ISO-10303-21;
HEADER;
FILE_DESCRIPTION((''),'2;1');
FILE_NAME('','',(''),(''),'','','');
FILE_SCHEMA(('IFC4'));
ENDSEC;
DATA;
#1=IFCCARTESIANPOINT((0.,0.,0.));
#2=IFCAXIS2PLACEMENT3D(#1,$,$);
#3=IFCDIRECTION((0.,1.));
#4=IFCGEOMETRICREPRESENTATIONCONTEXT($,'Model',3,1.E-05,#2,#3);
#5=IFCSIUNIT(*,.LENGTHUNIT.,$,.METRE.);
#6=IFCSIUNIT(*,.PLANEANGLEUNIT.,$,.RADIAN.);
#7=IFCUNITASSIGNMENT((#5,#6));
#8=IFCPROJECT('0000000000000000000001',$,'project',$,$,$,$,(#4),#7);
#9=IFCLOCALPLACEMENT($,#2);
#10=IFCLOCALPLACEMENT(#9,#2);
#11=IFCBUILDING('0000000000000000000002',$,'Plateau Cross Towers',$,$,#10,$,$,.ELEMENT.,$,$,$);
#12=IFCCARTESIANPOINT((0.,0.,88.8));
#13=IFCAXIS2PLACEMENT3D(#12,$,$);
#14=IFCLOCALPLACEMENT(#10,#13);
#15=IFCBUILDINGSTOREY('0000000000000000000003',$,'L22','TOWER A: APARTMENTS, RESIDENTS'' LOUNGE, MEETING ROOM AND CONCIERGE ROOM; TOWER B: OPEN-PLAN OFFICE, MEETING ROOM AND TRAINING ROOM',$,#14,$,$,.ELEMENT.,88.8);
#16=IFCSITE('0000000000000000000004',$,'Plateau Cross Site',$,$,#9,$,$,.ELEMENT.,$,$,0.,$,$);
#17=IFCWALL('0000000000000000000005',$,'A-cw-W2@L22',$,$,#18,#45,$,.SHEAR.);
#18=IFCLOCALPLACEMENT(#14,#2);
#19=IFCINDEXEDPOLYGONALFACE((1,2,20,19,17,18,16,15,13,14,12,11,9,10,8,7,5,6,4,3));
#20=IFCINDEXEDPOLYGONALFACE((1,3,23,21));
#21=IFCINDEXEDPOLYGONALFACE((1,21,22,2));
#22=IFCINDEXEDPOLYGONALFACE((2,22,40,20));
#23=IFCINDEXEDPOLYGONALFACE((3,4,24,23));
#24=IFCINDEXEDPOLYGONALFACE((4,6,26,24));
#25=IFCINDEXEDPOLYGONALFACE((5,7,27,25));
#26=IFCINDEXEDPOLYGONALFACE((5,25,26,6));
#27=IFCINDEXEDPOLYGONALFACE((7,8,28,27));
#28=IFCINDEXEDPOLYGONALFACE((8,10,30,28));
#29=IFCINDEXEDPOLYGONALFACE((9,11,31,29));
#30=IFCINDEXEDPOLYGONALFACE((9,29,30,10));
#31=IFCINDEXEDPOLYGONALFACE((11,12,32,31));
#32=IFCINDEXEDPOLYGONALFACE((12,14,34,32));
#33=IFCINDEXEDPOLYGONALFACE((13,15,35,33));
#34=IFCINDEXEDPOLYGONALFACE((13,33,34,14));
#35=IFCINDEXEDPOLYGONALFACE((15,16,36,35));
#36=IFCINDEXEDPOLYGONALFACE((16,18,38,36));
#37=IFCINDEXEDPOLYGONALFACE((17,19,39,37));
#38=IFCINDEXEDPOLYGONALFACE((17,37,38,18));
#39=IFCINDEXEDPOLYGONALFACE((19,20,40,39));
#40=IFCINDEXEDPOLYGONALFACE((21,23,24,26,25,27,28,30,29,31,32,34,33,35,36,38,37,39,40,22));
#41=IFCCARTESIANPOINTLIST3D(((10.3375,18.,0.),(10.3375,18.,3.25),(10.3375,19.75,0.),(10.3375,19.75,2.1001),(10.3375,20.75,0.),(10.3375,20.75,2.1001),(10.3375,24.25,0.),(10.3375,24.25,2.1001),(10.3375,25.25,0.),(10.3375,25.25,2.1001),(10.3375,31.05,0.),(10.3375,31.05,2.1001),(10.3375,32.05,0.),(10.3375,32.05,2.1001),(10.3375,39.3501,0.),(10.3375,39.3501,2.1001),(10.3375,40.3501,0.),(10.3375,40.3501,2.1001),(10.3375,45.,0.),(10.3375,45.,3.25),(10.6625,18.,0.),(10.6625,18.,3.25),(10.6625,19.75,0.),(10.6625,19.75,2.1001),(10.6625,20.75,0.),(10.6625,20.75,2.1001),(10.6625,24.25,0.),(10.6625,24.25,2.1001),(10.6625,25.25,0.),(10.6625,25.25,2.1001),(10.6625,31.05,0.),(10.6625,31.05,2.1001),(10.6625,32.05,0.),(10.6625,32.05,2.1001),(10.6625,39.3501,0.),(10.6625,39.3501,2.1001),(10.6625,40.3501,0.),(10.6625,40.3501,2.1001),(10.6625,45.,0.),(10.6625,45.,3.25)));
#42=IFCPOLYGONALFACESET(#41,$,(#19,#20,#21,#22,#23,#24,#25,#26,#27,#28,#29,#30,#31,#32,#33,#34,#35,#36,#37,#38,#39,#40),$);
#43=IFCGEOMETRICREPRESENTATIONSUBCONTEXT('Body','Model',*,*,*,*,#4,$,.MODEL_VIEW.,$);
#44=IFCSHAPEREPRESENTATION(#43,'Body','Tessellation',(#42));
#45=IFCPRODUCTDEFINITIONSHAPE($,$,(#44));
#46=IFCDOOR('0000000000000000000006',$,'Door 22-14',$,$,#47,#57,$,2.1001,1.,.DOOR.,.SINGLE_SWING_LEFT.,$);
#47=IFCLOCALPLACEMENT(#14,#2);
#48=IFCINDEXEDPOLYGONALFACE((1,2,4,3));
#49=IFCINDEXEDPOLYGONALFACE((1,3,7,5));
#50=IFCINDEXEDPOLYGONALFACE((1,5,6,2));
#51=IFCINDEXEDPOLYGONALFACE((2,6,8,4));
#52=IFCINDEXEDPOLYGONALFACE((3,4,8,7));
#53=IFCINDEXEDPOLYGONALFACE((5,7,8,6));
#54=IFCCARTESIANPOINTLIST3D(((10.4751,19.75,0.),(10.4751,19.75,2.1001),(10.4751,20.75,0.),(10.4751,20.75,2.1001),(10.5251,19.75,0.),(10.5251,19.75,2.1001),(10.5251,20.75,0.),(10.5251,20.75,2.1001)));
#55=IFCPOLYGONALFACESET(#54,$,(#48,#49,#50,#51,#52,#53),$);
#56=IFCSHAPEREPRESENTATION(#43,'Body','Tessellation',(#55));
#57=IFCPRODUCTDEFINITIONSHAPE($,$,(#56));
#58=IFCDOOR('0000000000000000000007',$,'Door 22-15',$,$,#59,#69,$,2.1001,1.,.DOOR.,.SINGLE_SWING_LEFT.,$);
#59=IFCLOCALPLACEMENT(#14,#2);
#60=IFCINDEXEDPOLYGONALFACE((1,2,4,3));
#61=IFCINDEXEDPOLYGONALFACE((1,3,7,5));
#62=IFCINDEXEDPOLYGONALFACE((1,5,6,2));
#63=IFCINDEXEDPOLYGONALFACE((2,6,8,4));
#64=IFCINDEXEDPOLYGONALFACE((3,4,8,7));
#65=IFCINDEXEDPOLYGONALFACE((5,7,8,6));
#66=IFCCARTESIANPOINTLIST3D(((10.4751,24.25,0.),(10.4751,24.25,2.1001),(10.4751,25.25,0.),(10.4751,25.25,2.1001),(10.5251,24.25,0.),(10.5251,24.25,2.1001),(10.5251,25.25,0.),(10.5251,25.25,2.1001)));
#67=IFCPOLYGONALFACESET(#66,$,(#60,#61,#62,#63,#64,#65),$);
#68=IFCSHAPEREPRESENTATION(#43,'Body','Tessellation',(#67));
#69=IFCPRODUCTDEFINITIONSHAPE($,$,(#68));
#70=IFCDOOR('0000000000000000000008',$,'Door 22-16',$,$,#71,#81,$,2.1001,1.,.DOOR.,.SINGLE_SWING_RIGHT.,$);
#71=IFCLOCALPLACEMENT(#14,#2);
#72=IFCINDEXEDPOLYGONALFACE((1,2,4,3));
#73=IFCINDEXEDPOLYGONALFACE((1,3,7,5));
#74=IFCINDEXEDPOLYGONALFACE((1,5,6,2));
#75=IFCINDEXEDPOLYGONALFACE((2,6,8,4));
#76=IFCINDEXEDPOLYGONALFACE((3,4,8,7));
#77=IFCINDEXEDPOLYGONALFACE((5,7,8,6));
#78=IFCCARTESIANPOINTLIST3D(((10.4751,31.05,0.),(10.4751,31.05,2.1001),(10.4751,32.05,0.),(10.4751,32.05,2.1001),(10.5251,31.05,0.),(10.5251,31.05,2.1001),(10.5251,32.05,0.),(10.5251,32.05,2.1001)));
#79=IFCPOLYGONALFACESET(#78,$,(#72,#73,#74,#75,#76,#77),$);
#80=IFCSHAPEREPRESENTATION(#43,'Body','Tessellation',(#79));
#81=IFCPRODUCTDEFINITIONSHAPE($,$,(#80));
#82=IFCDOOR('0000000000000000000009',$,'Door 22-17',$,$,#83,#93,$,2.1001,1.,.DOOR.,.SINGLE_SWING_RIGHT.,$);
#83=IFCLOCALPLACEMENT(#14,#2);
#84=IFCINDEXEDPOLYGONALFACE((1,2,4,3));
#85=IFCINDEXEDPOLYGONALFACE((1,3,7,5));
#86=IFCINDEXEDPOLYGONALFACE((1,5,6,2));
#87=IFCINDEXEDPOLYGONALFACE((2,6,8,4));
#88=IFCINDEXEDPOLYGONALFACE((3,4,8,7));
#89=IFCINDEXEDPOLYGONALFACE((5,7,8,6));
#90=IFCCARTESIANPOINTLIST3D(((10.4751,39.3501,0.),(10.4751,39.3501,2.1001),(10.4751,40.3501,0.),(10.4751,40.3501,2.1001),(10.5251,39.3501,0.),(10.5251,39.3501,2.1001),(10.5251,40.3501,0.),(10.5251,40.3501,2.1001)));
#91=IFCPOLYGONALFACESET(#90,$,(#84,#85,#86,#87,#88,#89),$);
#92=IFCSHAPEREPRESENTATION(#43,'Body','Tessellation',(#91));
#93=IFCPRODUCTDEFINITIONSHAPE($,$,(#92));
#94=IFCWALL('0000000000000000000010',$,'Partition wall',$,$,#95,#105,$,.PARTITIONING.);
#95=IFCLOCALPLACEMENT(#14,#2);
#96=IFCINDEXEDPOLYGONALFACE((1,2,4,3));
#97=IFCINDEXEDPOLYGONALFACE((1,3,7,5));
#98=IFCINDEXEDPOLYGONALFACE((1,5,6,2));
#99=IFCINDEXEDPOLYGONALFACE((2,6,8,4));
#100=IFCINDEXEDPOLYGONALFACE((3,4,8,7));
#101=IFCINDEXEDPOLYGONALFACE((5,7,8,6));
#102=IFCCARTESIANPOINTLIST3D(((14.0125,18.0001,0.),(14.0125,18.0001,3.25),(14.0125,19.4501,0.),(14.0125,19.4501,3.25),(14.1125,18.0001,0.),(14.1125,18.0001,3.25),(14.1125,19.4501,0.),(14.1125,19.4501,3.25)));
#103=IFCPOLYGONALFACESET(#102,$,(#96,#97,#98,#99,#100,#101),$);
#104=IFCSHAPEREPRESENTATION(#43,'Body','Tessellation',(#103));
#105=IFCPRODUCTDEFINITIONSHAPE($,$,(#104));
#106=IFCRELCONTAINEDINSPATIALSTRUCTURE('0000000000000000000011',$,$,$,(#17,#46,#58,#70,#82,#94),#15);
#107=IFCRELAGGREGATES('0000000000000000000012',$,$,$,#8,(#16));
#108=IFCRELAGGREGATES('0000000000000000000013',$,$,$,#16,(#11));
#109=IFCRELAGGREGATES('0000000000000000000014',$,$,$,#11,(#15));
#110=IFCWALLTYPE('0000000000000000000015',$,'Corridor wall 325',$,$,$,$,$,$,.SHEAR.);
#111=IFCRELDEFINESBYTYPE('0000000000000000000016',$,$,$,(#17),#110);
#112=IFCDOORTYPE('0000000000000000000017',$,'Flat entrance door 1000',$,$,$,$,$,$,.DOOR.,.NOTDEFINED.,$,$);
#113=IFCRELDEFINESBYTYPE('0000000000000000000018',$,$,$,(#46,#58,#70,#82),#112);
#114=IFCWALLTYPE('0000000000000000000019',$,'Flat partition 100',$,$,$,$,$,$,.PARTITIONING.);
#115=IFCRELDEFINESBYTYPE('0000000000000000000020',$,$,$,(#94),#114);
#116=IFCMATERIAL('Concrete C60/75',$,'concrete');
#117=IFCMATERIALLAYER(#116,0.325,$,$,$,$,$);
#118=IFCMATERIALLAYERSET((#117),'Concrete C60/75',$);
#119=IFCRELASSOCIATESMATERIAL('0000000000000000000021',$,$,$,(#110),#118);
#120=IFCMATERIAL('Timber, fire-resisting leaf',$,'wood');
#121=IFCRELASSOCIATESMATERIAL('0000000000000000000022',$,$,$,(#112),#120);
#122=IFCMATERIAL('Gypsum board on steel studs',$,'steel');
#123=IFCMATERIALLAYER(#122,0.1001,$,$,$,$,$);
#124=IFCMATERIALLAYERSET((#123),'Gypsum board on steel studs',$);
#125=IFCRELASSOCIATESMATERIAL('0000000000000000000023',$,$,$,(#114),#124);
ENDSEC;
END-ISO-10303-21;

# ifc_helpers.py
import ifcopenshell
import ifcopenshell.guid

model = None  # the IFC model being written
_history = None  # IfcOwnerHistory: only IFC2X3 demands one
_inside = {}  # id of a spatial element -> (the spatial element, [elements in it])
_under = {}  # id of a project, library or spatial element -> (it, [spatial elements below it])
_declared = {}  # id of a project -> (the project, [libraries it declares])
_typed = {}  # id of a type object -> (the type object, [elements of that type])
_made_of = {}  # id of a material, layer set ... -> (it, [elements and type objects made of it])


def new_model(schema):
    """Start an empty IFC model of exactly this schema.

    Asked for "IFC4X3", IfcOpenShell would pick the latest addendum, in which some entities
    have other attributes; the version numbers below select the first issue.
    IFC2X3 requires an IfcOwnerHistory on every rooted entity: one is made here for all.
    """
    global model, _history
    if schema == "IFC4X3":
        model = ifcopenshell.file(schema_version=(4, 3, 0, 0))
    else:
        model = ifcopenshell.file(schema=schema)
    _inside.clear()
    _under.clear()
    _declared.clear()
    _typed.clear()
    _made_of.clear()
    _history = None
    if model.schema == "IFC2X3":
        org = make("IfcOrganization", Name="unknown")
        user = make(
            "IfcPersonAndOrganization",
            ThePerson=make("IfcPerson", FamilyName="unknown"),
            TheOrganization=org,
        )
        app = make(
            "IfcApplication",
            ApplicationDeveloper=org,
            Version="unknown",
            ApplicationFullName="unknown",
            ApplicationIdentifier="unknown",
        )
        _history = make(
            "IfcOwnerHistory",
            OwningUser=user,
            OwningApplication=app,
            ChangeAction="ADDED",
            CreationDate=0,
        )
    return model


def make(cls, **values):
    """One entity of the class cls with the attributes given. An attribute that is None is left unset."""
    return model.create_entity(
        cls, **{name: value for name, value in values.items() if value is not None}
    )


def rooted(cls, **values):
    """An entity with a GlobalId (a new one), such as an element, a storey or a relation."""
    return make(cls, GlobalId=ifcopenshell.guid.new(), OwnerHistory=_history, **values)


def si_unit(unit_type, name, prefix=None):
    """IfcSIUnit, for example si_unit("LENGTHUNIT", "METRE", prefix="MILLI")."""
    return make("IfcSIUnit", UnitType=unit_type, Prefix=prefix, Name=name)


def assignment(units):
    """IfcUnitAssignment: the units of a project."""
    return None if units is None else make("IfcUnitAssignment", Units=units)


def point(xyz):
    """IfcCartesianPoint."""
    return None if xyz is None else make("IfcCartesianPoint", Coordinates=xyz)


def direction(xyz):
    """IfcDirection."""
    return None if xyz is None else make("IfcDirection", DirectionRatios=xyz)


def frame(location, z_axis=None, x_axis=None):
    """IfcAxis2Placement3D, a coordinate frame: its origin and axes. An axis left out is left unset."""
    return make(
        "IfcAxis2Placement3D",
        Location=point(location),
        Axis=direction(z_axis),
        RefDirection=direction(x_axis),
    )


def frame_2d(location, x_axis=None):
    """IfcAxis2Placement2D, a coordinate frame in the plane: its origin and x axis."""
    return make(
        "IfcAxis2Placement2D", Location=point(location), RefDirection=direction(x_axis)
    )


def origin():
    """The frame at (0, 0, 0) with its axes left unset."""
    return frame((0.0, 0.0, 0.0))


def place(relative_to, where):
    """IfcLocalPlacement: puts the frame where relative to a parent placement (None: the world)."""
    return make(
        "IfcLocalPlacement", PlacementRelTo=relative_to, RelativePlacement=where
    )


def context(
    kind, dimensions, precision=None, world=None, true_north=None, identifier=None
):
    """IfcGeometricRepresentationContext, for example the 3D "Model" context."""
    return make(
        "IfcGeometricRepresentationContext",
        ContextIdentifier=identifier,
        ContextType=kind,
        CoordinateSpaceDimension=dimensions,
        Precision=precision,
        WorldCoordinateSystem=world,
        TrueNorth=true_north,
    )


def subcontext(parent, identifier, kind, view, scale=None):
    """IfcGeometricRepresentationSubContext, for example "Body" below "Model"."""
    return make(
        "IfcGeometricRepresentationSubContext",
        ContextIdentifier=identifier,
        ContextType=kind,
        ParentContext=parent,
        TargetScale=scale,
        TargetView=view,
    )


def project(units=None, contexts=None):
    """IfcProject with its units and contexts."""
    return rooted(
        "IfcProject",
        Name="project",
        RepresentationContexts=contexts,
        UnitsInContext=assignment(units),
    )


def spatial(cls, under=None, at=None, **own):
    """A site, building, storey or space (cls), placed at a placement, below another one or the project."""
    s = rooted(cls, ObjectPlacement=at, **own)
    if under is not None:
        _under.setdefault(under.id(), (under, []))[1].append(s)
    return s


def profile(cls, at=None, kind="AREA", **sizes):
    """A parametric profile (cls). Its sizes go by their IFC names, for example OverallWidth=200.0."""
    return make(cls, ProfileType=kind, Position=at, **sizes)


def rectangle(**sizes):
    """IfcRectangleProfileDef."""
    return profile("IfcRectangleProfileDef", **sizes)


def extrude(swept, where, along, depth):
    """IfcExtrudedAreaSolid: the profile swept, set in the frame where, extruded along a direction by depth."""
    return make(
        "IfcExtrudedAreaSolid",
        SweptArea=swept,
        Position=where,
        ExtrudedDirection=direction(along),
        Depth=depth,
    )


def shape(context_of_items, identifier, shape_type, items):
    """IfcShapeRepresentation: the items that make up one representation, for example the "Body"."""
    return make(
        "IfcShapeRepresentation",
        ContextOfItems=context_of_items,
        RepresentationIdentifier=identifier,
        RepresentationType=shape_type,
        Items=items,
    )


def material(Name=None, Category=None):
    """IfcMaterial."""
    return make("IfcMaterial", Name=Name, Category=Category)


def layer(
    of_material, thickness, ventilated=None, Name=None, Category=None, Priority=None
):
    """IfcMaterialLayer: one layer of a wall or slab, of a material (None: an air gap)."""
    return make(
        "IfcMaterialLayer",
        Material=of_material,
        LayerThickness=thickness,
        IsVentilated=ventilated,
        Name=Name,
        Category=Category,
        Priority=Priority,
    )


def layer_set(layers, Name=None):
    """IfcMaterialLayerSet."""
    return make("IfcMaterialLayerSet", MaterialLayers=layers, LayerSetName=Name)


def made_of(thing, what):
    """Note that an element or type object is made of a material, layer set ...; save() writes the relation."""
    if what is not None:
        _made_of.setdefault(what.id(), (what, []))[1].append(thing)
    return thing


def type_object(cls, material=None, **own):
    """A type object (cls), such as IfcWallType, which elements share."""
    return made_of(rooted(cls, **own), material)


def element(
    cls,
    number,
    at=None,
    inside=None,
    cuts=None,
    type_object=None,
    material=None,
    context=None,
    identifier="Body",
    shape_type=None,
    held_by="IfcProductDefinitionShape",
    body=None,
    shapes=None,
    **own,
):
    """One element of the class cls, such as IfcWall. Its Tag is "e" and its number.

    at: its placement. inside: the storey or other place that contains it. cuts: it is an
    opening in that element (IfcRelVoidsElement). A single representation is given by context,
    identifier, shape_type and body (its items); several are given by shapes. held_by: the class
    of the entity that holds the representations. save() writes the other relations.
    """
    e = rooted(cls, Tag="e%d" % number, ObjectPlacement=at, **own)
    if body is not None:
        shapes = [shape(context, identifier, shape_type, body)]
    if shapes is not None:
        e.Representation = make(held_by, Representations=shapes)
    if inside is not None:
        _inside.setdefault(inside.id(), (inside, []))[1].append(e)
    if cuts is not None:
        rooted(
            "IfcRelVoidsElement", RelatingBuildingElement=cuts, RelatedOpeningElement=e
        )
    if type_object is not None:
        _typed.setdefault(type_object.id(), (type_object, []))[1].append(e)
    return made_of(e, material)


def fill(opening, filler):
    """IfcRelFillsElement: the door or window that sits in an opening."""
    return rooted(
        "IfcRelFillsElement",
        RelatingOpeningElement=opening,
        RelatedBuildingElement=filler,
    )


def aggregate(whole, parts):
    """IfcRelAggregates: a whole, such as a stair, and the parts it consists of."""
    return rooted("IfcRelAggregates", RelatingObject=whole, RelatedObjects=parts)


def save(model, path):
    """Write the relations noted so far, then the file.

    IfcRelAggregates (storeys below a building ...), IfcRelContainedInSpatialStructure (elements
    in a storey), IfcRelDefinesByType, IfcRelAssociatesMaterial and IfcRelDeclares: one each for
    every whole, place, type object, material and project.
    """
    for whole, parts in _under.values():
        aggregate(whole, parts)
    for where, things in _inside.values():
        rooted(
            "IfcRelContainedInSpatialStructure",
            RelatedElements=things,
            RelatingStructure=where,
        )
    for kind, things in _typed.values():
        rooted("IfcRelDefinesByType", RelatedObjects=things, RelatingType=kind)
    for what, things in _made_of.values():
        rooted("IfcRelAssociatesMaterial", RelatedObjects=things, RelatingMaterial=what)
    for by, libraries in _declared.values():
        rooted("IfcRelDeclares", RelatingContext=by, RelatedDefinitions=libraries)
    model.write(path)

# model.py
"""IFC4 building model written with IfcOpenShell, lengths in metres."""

from ifc_helpers import new_model, si_unit, direction, frame, frame_2d, origin, place, context, subcontext, project, spatial, rectangle, extrude, material, layer, layer_set, type_object, element, fill, save


model = new_model("IFC4")

# Units and contexts
model_context = context("Model", 3, precision=1e-05, world=origin(), true_north=direction((0.0, 1.0)))
body_context = subcontext(model_context, "Body", "Model", "MODEL_VIEW")
ifc_project = project(units=[si_unit("LENGTHUNIT", "METRE"), si_unit("PLANEANGLEUNIT", "RADIAN")], contexts=[model_context])

# Site, building, storey
site_placement = place(None, origin())
site = spatial("IfcSite", under=ifc_project, at=site_placement, Name="Plateau Cross Site", CompositionType="ELEMENT", RefElevation=0.0)
building_placement = place(site_placement, origin())
building = spatial("IfcBuilding", under=site, at=building_placement, Name="Plateau Cross Towers", CompositionType="ELEMENT")
storey_placement = place(building_placement, frame((0.0, 0.0, 88.8)))
storey = spatial("IfcBuildingStorey", under=building, at=storey_placement, Name="L22", Description="TOWER A: APARTMENTS, RESIDENTS' LOUNGE, MEETING ROOM AND CONCIERGE ROOM; TOWER B: OPEN-PLAN OFFICE, MEETING ROOM AND TRAINING ROOM", CompositionType="ELEMENT", Elevation=88.8)

# Shared definitions
ifc_material_1 = material(Name="Concrete C60/75", Category="concrete")

# Wall, openings, doors
ifc_layer_1 = layer(ifc_material_1, 0.325)
ifc_layer_set_1 = layer_set([ifc_layer_1], Name="Concrete C60/75")
wall_type_1 = type_object("IfcWallType", Name="Corridor wall 325", PredefinedType="SHEAR", material=ifc_layer_set_1)
ifc_material_2 = material(Name="Timber, fire-resisting leaf", Category="wood")
door_type_1 = type_object("IfcDoorType", Name="Flat entrance door 1000", OperationType="NOTDEFINED", PredefinedType="DOOR", material=ifc_material_2)
wall_1_placement = place(storey_placement, frame((10.5, 18.0, 0.0), z_axis=(0.0, 0.0, 1.0), x_axis=(0.0, 1.0, 0.0)))
wall_1 = element("IfcWall", 1, at=wall_1_placement, inside=storey, type_object=wall_type_1, Name="A-cw-W2@L22", PredefinedType="SHEAR", context=body_context, shape_type="SweptSolid", body=[
    extrude(rectangle(XDim=27.0, YDim=0.325, at=frame_2d((13.5, 0.0))), origin(), (0.0, 0.0, 1.0), 3.25),
])
opening_1_placement = place(wall_1_placement, frame((1.75, 0.0, 0.0)))
opening_1 = element("IfcOpeningElement", 2, at=opening_1_placement, cuts=wall_1, PredefinedType="OPENING", context=body_context, shape_type="SweptSolid", body=[
    extrude(rectangle(XDim=1.0, YDim=2.1001, at=frame_2d((0.5, 1.05))), frame((0.0, 0.1724, 0.0), z_axis=(0.0, -1.0, 0.0), x_axis=(1.0, 0.0, 0.0)), (0.0, 0.0, 1.0), 0.345),
])
opening_2_placement = place(wall_1_placement, frame((6.25, 0.0, 0.0)))
opening_2 = element("IfcOpeningElement", 3, at=opening_2_placement, cuts=wall_1, PredefinedType="OPENING", context=body_context, shape_type="SweptSolid", body=[
    extrude(rectangle(XDim=1.0, YDim=2.1001, at=frame_2d((0.5, 1.05))), frame((0.0, 0.1724, 0.0), z_axis=(0.0, -1.0, 0.0), x_axis=(1.0, 0.0, 0.0)), (0.0, 0.0, 1.0), 0.345),
])
opening_3_placement = place(wall_1_placement, frame((13.05, 0.0, 0.0)))
opening_3 = element("IfcOpeningElement", 4, at=opening_3_placement, cuts=wall_1, PredefinedType="OPENING", context=body_context, shape_type="SweptSolid", body=[
    extrude(rectangle(XDim=1.0, YDim=2.1001, at=frame_2d((0.5, 1.05))), frame((0.0, 0.1724, 0.0), z_axis=(0.0, -1.0, 0.0), x_axis=(1.0, 0.0, 0.0)), (0.0, 0.0, 1.0), 0.345),
])
opening_4_placement = place(wall_1_placement, frame((21.3501, 0.0, 0.0)))
opening_4 = element("IfcOpeningElement", 5, at=opening_4_placement, cuts=wall_1, PredefinedType="OPENING", context=body_context, shape_type="SweptSolid", body=[
    extrude(rectangle(XDim=1.0, YDim=2.1001, at=frame_2d((0.5, 1.05))), frame((0.0, 0.1724, 0.0), z_axis=(0.0, -1.0, 0.0), x_axis=(1.0, 0.0, 0.0)), (0.0, 0.0, 1.0), 0.345),
])
door_1_placement = place(opening_1_placement, origin())
door_1 = element("IfcDoor", 6, at=door_1_placement, inside=storey, type_object=door_type_1, Name="Door 22-14", OperationType="SINGLE_SWING_LEFT", OverallHeight=2.1001, OverallWidth=1.0, PredefinedType="DOOR", context=body_context, shape_type="SweptSolid", body=[
    extrude(rectangle(XDim=1.0, YDim=2.1001, at=frame_2d((0.5, 1.05))), frame((0.0, 0.0249, 0.0), z_axis=(0.0, -1.0, 0.0), x_axis=(1.0, 0.0, 0.0)), (0.0, 0.0, 1.0), 0.05),
])
fill(opening_1, door_1)
door_2_placement = place(opening_2_placement, origin())
door_2 = element("IfcDoor", 7, at=door_2_placement, inside=storey, type_object=door_type_1, Name="Door 22-15", OperationType="SINGLE_SWING_LEFT", OverallHeight=2.1001, OverallWidth=1.0, PredefinedType="DOOR", context=body_context, shape_type="SweptSolid", body=[
    extrude(rectangle(XDim=1.0, YDim=2.1001, at=frame_2d((0.5, 1.05))), frame((0.0, 0.0249, 0.0), z_axis=(0.0, -1.0, 0.0), x_axis=(1.0, 0.0, 0.0)), (0.0, 0.0, 1.0), 0.05),
])
fill(opening_2, door_2)
door_3_placement = place(opening_3_placement, origin())
door_3 = element("IfcDoor", 8, at=door_3_placement, inside=storey, type_object=door_type_1, Name="Door 22-16", OperationType="SINGLE_SWING_RIGHT", OverallHeight=2.1001, OverallWidth=1.0, PredefinedType="DOOR", context=body_context, shape_type="SweptSolid", body=[
    extrude(rectangle(XDim=1.0, YDim=2.1001, at=frame_2d((0.5, 1.05))), frame((0.0, 0.0249, 0.0), z_axis=(0.0, -1.0, 0.0), x_axis=(1.0, 0.0, 0.0)), (0.0, 0.0, 1.0), 0.05),
])
fill(opening_3, door_3)
door_4_placement = place(opening_4_placement, origin())
door_4 = element("IfcDoor", 9, at=door_4_placement, inside=storey, type_object=door_type_1, Name="Door 22-17", OperationType="SINGLE_SWING_RIGHT", OverallHeight=2.1001, OverallWidth=1.0, PredefinedType="DOOR", context=body_context, shape_type="SweptSolid", body=[
    extrude(rectangle(XDim=1.0, YDim=2.1001, at=frame_2d((0.5, 1.05))), frame((0.0, 0.0249, 0.0), z_axis=(0.0, -1.0, 0.0), x_axis=(1.0, 0.0, 0.0)), (0.0, 0.0, 1.0), 0.05),
])
fill(opening_4, door_4)

# Wall
ifc_material_3 = material(Name="Gypsum board on steel studs", Category="steel")
ifc_layer_2 = layer(ifc_material_3, 0.1001)
ifc_layer_set_2 = layer_set([ifc_layer_2], Name="Gypsum board on steel studs")
wall_type_2 = type_object("IfcWallType", Name="Flat partition 100", PredefinedType="PARTITIONING", material=ifc_layer_set_2)
wall_2_placement = place(storey_placement, frame((14.0625, 18.0, 0.0), z_axis=(0.0, 0.0, 1.0), x_axis=(0.0, 1.0, 0.0)))
element("IfcWall", 10, at=wall_2_placement, inside=storey, type_object=wall_type_2, Name="Partition wall", PredefinedType="PARTITIONING", context=body_context, shape_type="SweptSolid", body=[
    extrude(rectangle(XDim=1.45, YDim=0.1001, at=frame_2d((0.7251, 0.0))), origin(), (0.0, 0.0, 1.0), 3.25),
])

save(model, "model.ifc")
